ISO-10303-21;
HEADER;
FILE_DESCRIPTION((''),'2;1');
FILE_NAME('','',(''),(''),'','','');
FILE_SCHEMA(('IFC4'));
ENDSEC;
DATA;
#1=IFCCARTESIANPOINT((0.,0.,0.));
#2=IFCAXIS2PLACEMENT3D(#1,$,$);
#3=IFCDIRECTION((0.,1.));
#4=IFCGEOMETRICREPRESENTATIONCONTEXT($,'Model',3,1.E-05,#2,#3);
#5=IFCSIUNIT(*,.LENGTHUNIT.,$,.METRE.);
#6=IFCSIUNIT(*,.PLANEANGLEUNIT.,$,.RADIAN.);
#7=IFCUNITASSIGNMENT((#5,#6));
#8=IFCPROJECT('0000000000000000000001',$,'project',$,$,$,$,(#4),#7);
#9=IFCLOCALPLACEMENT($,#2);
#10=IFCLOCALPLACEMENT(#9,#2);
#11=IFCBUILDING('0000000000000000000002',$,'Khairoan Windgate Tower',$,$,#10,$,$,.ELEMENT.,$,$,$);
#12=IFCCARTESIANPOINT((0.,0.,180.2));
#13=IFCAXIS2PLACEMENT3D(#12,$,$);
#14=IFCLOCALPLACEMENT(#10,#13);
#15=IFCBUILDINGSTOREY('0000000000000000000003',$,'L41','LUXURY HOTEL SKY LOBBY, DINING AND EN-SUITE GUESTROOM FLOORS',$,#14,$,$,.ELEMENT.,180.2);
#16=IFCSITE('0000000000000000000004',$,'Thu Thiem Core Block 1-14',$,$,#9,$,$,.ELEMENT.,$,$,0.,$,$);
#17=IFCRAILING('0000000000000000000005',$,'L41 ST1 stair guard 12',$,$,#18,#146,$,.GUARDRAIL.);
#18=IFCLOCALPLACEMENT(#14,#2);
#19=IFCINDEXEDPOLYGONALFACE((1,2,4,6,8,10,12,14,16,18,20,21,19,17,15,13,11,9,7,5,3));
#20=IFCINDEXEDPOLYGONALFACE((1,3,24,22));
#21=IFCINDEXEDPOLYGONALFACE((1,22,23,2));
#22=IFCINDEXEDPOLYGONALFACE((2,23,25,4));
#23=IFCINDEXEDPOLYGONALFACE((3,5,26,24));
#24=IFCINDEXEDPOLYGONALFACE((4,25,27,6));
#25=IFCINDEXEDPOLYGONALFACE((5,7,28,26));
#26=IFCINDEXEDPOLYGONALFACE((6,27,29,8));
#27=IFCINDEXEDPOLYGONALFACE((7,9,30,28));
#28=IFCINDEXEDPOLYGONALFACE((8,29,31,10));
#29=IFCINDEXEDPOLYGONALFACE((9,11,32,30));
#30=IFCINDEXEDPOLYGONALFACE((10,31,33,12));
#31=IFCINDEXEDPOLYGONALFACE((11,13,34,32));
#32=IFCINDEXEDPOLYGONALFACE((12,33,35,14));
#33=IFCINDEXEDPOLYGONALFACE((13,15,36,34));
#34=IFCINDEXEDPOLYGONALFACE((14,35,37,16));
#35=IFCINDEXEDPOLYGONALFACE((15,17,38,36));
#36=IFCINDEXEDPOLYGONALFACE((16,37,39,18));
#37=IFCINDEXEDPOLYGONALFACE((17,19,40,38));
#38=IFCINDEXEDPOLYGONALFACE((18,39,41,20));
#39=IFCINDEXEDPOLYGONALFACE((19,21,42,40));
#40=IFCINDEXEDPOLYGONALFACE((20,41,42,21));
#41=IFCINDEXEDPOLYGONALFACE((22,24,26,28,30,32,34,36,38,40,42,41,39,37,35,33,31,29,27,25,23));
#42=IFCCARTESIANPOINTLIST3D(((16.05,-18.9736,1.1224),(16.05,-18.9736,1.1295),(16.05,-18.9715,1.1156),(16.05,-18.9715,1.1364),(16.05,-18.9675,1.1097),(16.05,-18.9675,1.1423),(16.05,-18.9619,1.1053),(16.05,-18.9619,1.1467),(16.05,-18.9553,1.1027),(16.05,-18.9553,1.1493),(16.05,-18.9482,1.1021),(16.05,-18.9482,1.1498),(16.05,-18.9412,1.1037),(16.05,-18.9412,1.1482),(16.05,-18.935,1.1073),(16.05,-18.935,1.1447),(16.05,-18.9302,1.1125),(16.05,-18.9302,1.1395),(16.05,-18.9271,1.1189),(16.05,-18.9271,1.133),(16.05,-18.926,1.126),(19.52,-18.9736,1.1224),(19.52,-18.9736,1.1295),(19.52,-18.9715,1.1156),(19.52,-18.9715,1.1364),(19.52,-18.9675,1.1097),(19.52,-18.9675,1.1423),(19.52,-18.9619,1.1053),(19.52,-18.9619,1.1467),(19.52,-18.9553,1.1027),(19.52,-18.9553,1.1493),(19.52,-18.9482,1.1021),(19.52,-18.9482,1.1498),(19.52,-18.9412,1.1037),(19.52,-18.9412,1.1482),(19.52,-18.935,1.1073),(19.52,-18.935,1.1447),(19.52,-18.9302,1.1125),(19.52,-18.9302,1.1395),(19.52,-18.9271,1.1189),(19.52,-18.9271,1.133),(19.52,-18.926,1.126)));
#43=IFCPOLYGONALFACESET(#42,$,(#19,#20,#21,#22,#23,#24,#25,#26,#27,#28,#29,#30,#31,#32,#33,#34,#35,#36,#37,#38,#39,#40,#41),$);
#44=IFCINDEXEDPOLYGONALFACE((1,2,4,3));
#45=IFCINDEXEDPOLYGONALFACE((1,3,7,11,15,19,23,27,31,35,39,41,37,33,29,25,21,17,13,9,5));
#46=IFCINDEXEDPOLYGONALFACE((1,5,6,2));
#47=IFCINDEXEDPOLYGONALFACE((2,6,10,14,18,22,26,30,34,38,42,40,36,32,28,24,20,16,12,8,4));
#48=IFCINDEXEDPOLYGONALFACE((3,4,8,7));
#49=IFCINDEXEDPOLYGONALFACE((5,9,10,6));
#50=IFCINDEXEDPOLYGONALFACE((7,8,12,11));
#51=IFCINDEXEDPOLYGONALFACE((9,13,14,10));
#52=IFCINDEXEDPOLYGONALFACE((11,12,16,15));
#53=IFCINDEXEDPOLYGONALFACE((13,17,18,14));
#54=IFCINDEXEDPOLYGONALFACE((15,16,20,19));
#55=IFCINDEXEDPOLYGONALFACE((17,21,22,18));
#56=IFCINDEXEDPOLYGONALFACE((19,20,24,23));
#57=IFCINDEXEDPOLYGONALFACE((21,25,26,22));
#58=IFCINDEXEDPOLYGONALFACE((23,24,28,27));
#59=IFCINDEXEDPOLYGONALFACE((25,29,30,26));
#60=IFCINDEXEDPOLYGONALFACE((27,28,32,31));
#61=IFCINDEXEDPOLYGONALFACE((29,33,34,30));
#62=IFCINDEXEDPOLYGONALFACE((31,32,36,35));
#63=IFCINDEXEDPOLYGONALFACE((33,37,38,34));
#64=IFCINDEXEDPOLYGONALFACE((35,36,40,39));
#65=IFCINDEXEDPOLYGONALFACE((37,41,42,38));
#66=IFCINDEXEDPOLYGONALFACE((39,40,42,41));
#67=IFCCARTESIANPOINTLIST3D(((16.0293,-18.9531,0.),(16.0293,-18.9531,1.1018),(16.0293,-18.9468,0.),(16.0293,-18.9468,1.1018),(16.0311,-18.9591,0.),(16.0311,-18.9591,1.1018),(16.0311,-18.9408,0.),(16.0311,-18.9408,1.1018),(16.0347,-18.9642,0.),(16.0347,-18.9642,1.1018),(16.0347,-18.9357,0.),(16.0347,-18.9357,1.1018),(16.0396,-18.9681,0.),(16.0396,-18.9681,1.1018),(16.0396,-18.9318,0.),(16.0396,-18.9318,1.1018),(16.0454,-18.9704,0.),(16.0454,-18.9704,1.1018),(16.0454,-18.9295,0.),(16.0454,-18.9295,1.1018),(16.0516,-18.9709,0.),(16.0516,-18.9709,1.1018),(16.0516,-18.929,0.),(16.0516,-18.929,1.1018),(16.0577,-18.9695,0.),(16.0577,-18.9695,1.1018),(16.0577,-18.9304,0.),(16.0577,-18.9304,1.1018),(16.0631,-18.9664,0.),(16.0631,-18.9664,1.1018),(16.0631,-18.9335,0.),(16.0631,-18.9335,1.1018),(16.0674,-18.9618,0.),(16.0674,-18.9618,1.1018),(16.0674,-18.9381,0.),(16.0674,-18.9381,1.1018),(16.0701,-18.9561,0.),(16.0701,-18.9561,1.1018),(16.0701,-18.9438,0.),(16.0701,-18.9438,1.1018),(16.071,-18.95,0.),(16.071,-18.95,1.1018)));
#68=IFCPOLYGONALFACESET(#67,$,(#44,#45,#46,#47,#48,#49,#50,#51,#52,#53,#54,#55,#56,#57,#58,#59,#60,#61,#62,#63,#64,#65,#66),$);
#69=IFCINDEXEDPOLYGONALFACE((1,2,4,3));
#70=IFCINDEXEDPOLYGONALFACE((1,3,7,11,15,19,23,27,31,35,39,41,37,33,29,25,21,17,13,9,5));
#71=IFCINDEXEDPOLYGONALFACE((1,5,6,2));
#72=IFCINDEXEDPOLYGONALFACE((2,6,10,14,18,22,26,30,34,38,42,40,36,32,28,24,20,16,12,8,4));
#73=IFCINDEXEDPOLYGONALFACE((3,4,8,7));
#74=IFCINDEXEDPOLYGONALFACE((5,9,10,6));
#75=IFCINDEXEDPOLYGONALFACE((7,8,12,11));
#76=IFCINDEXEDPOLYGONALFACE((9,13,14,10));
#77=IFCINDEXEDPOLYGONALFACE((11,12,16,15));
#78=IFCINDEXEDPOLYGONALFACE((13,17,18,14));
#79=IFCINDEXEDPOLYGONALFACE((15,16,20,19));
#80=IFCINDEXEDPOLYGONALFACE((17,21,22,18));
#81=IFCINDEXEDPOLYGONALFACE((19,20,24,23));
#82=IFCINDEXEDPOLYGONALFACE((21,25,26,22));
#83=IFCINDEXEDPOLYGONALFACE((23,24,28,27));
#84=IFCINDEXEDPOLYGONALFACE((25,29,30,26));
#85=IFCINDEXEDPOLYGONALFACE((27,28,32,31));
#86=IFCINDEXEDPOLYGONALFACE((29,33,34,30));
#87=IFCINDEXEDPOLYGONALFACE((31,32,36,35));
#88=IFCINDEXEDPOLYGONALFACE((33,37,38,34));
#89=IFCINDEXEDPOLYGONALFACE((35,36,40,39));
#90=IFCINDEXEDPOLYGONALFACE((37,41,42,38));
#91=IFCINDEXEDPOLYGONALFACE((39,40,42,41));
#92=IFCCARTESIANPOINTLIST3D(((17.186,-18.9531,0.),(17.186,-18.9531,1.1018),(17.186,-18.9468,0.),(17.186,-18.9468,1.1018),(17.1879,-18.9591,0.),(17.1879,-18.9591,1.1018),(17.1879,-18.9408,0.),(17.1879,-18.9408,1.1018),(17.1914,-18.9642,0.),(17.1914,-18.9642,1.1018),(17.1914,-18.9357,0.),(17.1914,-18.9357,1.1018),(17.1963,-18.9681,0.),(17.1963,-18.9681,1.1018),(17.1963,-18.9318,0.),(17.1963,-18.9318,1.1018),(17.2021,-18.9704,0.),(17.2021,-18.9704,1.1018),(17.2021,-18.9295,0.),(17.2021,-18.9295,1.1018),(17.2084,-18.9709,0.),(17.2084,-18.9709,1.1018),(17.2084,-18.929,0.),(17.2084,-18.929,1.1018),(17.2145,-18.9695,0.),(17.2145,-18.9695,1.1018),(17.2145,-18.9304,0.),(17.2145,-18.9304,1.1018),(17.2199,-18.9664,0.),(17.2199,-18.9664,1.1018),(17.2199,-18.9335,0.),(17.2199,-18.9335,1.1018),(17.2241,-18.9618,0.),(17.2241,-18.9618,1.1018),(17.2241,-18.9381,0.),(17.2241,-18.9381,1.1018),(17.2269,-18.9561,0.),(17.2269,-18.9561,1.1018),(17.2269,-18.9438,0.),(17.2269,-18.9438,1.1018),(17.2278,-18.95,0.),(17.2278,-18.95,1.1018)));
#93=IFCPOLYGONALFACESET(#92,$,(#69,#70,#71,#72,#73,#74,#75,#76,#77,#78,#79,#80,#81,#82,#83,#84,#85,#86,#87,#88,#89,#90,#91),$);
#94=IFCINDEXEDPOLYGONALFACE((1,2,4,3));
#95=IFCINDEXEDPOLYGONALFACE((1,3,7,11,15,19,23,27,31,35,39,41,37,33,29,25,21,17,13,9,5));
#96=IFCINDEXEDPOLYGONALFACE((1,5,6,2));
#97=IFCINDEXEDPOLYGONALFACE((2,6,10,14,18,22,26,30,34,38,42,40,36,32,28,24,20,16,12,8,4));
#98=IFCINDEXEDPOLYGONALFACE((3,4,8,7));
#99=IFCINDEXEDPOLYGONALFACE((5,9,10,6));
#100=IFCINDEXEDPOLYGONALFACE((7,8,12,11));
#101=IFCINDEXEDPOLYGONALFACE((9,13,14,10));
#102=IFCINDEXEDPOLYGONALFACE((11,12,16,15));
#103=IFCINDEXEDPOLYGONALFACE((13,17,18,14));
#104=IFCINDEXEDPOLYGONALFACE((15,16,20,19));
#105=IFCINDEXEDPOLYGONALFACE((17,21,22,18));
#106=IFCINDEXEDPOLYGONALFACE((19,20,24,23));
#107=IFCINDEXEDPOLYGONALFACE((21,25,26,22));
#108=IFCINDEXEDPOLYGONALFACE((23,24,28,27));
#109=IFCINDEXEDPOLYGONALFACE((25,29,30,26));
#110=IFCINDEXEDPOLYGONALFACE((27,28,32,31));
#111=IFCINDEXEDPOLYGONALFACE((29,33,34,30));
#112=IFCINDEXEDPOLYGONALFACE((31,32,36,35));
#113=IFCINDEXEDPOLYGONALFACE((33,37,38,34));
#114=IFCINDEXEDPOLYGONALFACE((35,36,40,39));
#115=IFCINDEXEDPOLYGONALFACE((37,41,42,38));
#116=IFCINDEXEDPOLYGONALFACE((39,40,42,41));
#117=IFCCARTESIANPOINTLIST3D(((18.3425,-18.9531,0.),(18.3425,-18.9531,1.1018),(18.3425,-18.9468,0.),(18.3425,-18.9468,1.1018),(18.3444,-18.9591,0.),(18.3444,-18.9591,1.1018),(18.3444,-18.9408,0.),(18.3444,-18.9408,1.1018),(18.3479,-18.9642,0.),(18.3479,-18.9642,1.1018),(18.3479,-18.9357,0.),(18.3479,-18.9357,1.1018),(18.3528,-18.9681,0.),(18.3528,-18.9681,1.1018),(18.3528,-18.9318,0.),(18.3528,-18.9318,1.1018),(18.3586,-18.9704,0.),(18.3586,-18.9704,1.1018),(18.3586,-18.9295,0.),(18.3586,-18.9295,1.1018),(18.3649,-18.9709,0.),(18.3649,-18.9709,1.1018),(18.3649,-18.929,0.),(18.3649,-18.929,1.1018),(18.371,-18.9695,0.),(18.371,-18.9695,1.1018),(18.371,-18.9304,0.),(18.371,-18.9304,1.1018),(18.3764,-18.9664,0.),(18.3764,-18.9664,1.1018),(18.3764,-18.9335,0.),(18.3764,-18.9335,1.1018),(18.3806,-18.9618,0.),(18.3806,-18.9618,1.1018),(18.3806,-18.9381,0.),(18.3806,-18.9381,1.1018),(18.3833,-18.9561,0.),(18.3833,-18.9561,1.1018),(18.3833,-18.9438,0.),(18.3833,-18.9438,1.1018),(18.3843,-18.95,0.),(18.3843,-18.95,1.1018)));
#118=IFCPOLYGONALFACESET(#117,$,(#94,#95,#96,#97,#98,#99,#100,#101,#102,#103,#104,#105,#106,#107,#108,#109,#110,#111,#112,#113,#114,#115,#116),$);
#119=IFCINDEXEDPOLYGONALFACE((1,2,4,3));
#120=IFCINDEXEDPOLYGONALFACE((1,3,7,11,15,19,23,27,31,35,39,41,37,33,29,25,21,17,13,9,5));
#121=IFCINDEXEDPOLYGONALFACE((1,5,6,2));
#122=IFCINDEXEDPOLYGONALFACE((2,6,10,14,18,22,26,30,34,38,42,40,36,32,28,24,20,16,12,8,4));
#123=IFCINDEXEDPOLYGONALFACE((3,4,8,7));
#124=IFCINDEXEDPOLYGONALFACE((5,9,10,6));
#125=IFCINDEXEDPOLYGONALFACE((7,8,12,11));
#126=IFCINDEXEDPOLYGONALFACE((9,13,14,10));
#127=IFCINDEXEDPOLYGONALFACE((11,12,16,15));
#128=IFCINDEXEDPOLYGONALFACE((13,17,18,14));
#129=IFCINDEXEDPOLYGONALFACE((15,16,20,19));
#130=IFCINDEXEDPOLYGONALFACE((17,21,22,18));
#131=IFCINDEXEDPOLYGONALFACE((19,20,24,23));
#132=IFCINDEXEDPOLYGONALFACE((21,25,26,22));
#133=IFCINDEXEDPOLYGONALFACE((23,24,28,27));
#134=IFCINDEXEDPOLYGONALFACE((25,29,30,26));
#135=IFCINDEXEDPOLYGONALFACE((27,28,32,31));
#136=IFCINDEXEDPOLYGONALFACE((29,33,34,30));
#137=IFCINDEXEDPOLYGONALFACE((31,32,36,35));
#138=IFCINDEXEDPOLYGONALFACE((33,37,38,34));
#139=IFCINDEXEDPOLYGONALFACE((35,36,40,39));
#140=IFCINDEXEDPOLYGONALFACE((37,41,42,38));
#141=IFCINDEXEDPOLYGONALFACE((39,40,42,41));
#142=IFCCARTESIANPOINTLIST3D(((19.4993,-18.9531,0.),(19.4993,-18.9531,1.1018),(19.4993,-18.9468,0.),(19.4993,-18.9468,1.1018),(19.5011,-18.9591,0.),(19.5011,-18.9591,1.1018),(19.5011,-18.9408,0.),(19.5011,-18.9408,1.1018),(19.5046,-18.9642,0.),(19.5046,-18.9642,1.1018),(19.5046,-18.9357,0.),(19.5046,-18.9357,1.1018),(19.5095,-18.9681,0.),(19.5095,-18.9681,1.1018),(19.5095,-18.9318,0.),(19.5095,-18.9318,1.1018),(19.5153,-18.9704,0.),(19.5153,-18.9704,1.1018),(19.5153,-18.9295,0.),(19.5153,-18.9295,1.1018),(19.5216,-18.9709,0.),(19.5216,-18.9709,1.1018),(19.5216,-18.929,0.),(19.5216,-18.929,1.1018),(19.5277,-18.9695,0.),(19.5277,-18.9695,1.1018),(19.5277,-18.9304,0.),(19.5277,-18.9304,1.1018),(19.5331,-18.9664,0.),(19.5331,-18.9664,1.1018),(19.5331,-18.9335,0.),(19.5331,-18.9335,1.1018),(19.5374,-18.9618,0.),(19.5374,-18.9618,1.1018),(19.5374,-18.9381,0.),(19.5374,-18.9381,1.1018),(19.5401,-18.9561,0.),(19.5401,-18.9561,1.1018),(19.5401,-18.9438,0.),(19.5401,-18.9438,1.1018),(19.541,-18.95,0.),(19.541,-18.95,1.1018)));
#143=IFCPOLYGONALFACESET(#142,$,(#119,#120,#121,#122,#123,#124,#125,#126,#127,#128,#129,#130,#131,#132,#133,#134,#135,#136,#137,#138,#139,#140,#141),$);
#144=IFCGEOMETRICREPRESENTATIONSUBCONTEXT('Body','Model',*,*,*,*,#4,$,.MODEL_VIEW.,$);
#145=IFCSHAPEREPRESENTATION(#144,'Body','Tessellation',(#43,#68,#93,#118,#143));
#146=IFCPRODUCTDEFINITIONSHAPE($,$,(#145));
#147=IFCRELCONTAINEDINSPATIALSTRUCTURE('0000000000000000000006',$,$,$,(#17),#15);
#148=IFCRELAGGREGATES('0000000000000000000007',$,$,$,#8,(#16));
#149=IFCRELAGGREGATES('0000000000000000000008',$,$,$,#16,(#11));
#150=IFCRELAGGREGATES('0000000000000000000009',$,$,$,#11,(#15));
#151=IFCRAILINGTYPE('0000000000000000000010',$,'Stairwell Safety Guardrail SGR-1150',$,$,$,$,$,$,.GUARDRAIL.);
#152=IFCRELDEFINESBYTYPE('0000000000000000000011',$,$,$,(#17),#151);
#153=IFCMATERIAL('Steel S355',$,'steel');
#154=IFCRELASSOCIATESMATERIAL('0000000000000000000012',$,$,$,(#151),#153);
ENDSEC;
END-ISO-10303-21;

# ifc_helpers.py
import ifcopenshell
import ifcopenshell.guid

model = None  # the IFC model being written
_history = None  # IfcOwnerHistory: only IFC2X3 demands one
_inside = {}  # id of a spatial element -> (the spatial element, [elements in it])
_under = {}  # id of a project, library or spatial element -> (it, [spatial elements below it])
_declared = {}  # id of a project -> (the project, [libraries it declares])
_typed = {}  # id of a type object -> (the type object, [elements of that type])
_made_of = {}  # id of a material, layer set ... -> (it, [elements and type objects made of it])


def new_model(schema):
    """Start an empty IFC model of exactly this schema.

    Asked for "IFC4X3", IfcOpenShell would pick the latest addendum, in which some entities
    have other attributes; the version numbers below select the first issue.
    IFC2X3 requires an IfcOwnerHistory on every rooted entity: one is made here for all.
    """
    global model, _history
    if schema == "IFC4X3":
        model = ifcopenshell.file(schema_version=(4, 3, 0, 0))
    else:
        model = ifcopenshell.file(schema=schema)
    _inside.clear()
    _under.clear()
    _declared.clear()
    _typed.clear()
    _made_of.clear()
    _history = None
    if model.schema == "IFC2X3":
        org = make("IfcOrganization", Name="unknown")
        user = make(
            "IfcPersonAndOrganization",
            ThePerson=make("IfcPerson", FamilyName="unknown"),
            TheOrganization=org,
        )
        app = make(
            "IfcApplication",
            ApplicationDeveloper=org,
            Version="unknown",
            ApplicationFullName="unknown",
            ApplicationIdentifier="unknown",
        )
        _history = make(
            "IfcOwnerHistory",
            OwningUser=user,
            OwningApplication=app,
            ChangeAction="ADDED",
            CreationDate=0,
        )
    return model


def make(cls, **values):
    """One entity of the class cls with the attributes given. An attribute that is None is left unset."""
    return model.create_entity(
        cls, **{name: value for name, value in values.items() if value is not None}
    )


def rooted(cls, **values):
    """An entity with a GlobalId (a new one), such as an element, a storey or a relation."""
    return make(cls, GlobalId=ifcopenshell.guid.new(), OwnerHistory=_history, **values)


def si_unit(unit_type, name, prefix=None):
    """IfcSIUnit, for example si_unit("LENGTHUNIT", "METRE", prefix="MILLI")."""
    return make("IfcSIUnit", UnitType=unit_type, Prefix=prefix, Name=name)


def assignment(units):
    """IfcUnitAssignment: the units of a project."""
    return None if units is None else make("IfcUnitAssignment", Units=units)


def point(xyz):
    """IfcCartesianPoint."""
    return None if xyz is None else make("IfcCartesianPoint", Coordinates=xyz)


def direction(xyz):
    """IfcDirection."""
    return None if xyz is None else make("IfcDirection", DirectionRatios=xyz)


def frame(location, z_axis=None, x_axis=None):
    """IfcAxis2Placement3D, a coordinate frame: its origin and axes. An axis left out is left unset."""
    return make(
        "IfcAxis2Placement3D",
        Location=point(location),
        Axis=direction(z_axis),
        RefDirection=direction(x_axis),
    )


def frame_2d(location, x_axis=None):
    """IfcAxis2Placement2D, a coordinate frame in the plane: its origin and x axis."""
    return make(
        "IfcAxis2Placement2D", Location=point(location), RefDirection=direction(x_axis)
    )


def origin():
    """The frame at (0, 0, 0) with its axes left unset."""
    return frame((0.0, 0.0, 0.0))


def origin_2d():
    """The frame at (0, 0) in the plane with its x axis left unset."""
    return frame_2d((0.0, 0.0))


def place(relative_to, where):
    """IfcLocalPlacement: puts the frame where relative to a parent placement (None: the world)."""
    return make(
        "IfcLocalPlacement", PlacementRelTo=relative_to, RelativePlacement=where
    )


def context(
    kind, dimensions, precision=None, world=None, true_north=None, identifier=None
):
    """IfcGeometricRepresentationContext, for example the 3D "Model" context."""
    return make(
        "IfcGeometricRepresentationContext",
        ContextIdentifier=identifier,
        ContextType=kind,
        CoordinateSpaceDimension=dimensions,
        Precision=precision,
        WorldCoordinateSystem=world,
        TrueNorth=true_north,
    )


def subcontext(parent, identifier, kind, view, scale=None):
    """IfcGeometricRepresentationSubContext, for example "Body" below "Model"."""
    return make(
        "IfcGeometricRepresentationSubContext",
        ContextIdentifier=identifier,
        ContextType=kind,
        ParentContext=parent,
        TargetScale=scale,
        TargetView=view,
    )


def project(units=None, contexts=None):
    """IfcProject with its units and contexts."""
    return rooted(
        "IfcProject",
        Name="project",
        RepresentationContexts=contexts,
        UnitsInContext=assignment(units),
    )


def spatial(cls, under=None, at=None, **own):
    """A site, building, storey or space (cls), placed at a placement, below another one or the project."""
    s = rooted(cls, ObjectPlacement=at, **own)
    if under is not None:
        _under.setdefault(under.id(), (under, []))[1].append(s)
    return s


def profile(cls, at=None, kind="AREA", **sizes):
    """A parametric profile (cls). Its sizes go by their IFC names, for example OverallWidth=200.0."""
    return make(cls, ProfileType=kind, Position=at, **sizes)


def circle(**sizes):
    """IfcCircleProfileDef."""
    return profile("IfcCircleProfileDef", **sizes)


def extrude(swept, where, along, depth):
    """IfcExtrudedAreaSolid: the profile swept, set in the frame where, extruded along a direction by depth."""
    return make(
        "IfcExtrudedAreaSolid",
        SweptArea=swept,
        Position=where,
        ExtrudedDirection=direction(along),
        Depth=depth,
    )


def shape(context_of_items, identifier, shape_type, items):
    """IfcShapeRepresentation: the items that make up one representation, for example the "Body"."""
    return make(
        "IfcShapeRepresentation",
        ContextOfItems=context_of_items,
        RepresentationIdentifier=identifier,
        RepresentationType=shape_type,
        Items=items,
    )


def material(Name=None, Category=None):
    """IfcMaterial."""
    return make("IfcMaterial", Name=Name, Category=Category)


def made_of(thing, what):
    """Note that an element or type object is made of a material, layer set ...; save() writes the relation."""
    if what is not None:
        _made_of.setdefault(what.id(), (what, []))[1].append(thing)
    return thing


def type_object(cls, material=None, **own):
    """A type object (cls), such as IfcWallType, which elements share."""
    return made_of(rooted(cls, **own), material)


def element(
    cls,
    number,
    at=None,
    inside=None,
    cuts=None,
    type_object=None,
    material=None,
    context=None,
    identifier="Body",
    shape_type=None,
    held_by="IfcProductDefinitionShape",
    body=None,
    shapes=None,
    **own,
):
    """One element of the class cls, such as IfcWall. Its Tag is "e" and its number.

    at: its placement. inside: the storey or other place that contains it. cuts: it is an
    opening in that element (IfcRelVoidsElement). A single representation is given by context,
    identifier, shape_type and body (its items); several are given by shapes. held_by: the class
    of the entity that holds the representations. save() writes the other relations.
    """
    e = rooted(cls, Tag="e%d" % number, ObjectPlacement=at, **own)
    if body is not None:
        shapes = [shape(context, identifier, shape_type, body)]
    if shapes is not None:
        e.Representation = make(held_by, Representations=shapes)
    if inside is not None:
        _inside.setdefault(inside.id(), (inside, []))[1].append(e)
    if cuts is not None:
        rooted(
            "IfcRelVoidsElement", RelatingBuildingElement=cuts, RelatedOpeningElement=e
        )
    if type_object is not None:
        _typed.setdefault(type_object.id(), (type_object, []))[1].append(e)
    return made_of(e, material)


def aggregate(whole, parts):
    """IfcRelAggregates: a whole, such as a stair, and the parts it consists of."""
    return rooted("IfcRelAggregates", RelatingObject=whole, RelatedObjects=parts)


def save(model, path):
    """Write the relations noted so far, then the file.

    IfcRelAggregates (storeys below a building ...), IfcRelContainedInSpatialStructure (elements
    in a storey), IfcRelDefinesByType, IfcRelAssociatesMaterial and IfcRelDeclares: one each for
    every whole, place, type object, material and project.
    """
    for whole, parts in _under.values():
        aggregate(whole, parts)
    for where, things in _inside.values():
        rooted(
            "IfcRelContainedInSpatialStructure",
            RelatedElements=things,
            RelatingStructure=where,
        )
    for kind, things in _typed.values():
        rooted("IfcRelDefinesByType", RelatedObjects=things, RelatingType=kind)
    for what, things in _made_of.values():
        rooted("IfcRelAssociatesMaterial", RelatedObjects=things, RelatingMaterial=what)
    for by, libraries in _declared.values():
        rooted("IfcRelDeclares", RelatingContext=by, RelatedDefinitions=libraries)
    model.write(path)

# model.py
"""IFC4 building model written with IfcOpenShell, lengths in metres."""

from ifc_helpers import new_model, si_unit, direction, frame, origin, origin_2d, place, context, subcontext, project, spatial, circle, extrude, material, type_object, element, save


model = new_model("IFC4")

# Units and contexts
model_context = context("Model", 3, precision=1e-05, world=origin(), true_north=direction((0.0, 1.0)))
body_context = subcontext(model_context, "Body", "Model", "MODEL_VIEW")
ifc_project = project(units=[si_unit("LENGTHUNIT", "METRE"), si_unit("PLANEANGLEUNIT", "RADIAN")], contexts=[model_context])

# Site, building, storey
site_placement = place(None, origin())
site = spatial("IfcSite", under=ifc_project, at=site_placement, Name="Thu Thiem Core Block 1-14", CompositionType="ELEMENT", RefElevation=0.0)
building_placement = place(site_placement, origin())
building = spatial("IfcBuilding", under=site, at=building_placement, Name="Khairoan Windgate Tower", CompositionType="ELEMENT")
storey_placement = place(building_placement, frame((0.0, 0.0, 180.2)))
storey = spatial("IfcBuildingStorey", under=building, at=storey_placement, Name="L41", Description="LUXURY HOTEL SKY LOBBY, DINING AND EN-SUITE GUESTROOM FLOORS", CompositionType="ELEMENT", Elevation=180.2)

# Railing
ifc_material_1 = material(Name="Steel S355", Category="steel")
railing_type = type_object("IfcRailingType", Name="Stairwell Safety Guardrail SGR-1150", PredefinedType="GUARDRAIL", material=ifc_material_1)
railing_1_placement = place(storey_placement, frame((16.05, -18.95, 0.0)))
element("IfcRailing", 1, at=railing_1_placement, inside=storey, type_object=railing_type, Name="L41 ST1 stair guard 12", PredefinedType="GUARDRAIL", context=body_context, shape_type="SweptSolid", body=[
    extrude(circle(Radius=0.0239, at=origin_2d()), frame((0.0, 0.0, 1.126), z_axis=(1.0, 0.0, 0.0), x_axis=(0.0, 1.0, 0.0)), (0.0, 0.0, 1.0), 3.47),
    extrude(circle(Radius=0.021, at=origin_2d()), origin(), (0.0, 0.0, 1.0), 1.1018),
    extrude(circle(Radius=0.021, at=origin_2d()), frame((1.1567, 0.0, 0.0)), (0.0, 0.0, 1.0), 1.1018),
    extrude(circle(Radius=0.021, at=origin_2d()), frame((2.3132, 0.0, 0.0)), (0.0, 0.0, 1.0), 1.1018),
    extrude(circle(Radius=0.021, at=origin_2d()), frame((3.47, 0.0, 0.0)), (0.0, 0.0, 1.0), 1.1018),
])

save(model, "model.ifc")
